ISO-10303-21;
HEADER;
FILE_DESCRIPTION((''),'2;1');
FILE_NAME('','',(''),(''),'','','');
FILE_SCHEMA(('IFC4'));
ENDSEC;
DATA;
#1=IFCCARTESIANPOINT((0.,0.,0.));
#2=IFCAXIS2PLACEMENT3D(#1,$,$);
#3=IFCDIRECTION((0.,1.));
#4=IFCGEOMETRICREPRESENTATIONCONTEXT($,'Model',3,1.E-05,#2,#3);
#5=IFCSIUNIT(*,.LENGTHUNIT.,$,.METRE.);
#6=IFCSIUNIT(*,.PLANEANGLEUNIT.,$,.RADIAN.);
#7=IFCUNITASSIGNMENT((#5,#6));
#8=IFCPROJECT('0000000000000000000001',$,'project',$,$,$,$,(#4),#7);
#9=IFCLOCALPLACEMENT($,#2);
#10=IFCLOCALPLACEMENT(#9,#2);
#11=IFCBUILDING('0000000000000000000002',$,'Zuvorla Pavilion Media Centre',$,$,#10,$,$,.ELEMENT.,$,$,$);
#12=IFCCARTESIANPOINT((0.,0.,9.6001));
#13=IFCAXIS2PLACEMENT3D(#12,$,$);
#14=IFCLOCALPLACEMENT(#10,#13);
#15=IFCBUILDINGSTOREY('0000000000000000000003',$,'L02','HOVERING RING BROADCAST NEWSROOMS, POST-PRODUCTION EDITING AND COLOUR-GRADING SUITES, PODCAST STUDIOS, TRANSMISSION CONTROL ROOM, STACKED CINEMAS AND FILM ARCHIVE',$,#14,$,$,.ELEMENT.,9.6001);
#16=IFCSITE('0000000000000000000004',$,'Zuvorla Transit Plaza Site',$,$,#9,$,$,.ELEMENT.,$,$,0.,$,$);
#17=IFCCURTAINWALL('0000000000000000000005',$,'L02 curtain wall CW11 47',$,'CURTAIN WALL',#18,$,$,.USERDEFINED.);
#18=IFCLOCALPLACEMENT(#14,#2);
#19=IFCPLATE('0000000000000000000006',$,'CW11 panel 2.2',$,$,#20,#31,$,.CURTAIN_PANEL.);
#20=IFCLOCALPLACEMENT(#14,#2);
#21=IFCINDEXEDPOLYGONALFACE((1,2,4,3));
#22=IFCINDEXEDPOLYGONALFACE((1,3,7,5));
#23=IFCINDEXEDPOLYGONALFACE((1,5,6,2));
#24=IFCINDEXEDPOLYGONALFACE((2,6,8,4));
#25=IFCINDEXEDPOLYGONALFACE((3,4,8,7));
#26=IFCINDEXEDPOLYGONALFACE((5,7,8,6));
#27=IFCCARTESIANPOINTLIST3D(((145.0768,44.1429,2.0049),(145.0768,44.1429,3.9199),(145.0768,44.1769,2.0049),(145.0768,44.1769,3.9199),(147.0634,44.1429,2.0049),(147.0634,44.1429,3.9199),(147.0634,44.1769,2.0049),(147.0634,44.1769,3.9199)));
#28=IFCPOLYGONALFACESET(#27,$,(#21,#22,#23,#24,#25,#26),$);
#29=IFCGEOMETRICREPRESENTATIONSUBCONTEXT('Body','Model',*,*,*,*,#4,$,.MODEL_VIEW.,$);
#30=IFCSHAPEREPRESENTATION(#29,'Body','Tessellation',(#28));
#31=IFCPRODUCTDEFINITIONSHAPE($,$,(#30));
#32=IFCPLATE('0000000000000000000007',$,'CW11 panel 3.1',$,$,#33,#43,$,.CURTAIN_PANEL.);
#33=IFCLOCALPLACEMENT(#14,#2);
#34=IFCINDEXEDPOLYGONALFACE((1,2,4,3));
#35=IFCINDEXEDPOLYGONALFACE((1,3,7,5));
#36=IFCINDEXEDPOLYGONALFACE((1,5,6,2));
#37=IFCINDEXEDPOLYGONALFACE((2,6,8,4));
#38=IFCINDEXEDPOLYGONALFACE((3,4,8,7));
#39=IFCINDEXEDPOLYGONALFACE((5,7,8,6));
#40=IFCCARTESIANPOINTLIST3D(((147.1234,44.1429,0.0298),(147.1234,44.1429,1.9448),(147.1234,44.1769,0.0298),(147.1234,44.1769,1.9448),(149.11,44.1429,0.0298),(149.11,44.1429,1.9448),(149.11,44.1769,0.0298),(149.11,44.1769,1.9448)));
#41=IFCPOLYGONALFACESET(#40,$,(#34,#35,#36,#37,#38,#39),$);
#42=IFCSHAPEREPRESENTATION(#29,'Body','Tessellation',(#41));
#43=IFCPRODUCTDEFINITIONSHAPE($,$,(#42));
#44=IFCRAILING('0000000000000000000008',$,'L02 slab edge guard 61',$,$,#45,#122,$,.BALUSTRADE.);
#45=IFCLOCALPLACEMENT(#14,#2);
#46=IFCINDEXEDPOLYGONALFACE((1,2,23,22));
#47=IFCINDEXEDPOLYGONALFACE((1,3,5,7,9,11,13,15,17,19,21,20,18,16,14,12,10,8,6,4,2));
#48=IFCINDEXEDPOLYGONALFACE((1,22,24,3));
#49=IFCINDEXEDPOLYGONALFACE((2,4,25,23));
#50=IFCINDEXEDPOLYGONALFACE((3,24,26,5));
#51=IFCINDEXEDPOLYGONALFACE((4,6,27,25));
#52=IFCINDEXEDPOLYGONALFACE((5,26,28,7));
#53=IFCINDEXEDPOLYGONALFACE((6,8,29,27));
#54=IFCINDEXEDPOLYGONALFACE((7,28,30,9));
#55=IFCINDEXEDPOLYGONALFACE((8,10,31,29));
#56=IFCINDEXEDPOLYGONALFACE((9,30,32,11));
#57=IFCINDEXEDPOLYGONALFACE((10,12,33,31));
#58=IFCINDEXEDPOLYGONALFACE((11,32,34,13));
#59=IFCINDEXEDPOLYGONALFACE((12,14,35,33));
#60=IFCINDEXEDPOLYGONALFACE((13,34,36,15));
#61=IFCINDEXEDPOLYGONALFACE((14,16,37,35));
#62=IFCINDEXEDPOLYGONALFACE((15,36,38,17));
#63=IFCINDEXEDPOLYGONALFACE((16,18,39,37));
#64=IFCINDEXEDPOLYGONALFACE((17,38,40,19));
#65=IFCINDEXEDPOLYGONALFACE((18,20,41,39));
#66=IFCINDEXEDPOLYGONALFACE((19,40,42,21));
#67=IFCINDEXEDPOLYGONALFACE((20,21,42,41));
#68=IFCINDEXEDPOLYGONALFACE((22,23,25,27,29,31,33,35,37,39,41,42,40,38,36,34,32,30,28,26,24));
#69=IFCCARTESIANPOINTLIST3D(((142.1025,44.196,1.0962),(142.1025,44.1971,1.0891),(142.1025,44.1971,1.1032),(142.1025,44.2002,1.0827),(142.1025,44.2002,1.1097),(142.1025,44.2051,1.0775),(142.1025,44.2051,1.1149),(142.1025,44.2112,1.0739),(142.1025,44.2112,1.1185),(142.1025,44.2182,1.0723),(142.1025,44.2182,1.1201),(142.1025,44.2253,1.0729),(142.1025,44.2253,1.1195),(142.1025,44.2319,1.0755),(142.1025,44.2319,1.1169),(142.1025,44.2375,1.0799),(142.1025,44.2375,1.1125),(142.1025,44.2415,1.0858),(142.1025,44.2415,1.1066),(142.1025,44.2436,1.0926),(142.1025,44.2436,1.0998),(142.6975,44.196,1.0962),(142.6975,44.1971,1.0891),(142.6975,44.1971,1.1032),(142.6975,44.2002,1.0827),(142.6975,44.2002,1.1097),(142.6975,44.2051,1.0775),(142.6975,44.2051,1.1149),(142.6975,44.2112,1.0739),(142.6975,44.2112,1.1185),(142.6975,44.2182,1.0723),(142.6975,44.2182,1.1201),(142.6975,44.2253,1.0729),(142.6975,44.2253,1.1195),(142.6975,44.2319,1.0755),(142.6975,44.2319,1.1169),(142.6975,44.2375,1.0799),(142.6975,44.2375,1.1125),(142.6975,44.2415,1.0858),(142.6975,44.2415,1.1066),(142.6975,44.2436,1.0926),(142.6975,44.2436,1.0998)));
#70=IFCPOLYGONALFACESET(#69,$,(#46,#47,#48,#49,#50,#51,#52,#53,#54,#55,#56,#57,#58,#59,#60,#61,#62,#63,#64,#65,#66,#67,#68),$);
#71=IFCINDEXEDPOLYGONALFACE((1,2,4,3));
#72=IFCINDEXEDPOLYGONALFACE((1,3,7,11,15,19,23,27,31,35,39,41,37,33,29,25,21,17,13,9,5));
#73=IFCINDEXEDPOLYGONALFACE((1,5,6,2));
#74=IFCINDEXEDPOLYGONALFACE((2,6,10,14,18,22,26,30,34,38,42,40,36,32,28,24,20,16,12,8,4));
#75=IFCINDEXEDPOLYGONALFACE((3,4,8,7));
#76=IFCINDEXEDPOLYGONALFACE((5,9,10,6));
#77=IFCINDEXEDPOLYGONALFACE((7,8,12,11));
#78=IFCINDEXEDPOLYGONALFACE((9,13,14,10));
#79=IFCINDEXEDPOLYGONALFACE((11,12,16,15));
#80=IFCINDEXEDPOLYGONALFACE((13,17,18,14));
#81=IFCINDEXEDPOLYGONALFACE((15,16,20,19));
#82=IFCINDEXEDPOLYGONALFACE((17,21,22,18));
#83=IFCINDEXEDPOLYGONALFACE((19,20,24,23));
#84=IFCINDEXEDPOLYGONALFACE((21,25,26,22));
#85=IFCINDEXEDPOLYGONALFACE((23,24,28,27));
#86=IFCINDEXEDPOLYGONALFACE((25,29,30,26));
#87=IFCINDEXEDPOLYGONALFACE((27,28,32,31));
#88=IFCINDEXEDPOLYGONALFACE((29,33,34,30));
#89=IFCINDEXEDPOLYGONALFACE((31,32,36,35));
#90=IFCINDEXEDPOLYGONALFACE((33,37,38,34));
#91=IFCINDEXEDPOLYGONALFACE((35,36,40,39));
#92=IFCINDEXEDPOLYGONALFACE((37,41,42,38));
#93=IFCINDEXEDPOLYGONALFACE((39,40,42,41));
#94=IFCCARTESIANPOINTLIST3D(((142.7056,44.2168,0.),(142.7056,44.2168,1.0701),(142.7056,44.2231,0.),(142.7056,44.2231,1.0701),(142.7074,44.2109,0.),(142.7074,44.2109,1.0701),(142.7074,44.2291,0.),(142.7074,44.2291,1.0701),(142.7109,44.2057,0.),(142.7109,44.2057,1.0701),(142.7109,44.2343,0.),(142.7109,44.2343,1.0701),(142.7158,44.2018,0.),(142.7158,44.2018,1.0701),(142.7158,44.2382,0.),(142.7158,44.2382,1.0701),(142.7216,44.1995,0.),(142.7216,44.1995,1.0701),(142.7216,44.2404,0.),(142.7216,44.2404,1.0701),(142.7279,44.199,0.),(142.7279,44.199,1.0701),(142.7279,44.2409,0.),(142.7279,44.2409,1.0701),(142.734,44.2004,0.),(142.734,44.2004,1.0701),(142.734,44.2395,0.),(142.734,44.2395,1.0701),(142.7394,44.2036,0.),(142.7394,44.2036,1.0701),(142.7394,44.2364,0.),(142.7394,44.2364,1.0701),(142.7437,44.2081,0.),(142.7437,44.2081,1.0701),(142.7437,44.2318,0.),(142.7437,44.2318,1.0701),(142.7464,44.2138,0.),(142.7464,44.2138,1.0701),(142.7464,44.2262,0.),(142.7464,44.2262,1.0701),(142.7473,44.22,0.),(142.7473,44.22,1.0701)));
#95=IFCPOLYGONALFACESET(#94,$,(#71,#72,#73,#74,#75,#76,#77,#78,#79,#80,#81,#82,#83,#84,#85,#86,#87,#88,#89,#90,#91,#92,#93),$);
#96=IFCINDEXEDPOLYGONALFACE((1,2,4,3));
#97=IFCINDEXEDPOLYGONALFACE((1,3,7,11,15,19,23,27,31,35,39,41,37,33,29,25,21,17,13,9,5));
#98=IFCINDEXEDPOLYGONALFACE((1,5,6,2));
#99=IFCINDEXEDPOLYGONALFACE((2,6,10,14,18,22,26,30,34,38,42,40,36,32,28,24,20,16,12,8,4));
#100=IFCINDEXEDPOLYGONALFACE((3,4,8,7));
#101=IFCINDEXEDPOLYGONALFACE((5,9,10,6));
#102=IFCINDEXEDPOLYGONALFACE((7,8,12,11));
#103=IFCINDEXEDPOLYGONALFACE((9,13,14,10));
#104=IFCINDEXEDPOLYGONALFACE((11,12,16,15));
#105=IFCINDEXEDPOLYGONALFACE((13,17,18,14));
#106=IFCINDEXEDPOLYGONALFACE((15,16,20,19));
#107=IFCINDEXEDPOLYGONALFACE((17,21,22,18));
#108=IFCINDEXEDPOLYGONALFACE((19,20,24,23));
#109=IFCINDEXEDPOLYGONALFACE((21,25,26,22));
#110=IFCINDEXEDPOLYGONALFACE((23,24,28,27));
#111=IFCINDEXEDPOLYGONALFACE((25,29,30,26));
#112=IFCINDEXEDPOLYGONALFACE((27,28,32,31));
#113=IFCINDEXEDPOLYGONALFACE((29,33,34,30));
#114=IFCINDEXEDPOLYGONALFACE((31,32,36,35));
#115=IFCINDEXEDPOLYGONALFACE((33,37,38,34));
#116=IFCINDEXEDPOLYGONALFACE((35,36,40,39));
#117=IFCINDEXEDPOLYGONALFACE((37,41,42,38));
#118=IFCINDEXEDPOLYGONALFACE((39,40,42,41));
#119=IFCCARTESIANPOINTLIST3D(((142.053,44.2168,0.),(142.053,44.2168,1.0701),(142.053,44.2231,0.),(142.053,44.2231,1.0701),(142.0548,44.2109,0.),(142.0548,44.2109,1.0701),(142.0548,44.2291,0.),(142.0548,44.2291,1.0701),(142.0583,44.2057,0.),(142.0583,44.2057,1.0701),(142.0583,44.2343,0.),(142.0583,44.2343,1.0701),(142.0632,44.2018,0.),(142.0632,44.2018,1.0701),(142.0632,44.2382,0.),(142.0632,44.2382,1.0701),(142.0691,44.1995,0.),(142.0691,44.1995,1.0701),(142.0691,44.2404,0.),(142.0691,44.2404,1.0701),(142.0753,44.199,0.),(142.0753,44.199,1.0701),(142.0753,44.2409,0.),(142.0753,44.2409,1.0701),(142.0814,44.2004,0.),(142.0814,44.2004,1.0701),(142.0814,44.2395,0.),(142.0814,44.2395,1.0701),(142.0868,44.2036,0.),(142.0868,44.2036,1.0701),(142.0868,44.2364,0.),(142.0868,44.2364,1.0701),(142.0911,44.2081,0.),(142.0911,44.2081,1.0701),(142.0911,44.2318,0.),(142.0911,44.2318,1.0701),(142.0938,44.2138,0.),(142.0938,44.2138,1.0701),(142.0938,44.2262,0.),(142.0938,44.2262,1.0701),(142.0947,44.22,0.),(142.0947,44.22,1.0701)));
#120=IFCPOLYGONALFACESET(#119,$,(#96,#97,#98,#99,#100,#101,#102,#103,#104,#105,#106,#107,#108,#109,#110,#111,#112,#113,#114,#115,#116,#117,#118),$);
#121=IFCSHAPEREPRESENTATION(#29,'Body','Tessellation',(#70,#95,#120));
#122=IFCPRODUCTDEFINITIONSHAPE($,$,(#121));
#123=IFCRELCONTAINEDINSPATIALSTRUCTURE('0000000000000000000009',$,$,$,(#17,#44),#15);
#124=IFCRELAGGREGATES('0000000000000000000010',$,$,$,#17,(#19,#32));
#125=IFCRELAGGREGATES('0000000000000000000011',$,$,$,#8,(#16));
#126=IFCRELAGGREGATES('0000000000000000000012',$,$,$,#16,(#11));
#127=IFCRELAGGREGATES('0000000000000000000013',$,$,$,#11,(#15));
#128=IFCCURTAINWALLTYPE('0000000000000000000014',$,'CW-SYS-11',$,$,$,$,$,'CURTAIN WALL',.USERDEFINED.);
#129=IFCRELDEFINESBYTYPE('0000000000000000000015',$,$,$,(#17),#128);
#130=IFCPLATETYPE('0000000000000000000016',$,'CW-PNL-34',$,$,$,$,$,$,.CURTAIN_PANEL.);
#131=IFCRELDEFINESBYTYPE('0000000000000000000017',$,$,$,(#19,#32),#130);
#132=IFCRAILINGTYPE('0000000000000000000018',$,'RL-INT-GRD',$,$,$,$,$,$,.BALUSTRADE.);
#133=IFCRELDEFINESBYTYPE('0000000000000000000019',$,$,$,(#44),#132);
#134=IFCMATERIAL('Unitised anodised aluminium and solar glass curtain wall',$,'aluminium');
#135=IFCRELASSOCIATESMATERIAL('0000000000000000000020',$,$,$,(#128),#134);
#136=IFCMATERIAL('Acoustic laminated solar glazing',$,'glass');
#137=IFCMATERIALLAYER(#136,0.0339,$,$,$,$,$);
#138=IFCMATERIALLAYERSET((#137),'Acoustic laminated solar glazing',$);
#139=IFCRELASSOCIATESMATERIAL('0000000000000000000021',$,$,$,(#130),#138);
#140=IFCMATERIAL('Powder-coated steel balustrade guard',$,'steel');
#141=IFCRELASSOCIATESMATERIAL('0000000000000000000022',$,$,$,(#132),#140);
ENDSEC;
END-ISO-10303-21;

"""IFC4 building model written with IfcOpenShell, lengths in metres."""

from ifc_helpers import new_model, si_unit, direction, frame, origin, origin_2d, place, context, subcontext, project, spatial, rectangle, circle, extrude, material, layer, layer_set, type_object, element, aggregate, save


model = new_model("IFC4")

# Units and contexts
model_context = context("Model", 3, precision=1e-05, world=origin(), true_north=direction((0.0, 1.0)))
body_context = subcontext(model_context, "Body", "Model", "MODEL_VIEW")
ifc_project = project(units=[si_unit("LENGTHUNIT", "METRE"), si_unit("PLANEANGLEUNIT", "RADIAN")], contexts=[model_context])

# Site, building, storey
site_placement = place(None, origin())
site = spatial("IfcSite", under=ifc_project, at=site_placement, Name="Zuvorla Transit Plaza Site", CompositionType="ELEMENT", RefElevation=0.0)
building_placement = place(site_placement, origin())
building = spatial("IfcBuilding", under=site, at=building_placement, Name="Zuvorla Pavilion Media Centre", CompositionType="ELEMENT")
storey_placement = place(building_placement, frame((0.0, 0.0, 9.6001)))
storey = spatial("IfcBuildingStorey", under=building, at=storey_placement, Name="L02", Description="HOVERING RING BROADCAST NEWSROOMS, POST-PRODUCTION EDITING AND COLOUR-GRADING SUITES, PODCAST STUDIOS, TRANSMISSION CONTROL ROOM, STACKED CINEMAS AND FILM ARCHIVE", CompositionType="ELEMENT", Elevation=9.6001)

# Curtain wall
ifc_material_1 = material(Name="Unitised anodised aluminium and solar glass curtain wall", Category="aluminium")
curtain_wall_type_1 = type_object("IfcCurtainWallType", Name="CW-SYS-11", ElementType="CURTAIN WALL", PredefinedType="USERDEFINED", material=ifc_material_1)
curtain_wall_1_placement = place(storey_placement, origin())
curtain_wall_1 = element("IfcCurtainWall", 1, at=curtain_wall_1_placement, inside=storey, type_object=curtain_wall_type_1, Name="L02 curtain wall CW11 47", ObjectType="CURTAIN WALL", PredefinedType="USERDEFINED")

# Plates
ifc_material_2 = material(Name="Acoustic laminated solar glazing", Category="glass")
ifc_layer_1 = layer(ifc_material_2, 0.0339)
ifc_layer_set_1 = layer_set([ifc_layer_1], Name="Acoustic laminated solar glazing")
plate_type_1 = type_object("IfcPlateType", Name="CW-PNL-34", PredefinedType="CURTAIN_PANEL", material=ifc_layer_set_1)
plate_1_placement = place(storey_placement, frame((146.0701, 44.1599, 2.0049), z_axis=(0.0, 0.0, 1.0), x_axis=(1.0, 0.0, 0.0)))
plate_1 = element("IfcPlate", 2, at=plate_1_placement, type_object=plate_type_1, Name="CW11 panel 2.2", PredefinedType="CURTAIN_PANEL", context=body_context, shape_type="SweptSolid", body=[
    extrude(rectangle(XDim=1.9866, YDim=0.0339, at=origin_2d()), origin(), (0.0, 0.0, 1.0), 1.915),
])
plate_2_placement = place(storey_placement, frame((148.1167, 44.1599, 0.0298), z_axis=(0.0, 0.0, 1.0), x_axis=(1.0, 0.0, 0.0)))
plate_2 = element("IfcPlate", 3, at=plate_2_placement, type_object=plate_type_1, Name="CW11 panel 3.1", PredefinedType="CURTAIN_PANEL", context=body_context, shape_type="SweptSolid", body=[
    extrude(rectangle(XDim=1.9866, YDim=0.0339, at=origin_2d()), origin(), (0.0, 0.0, 1.0), 1.915),
])
aggregate(curtain_wall_1, [plate_1, plate_2])

# Railing
ifc_material_3 = material(Name="Powder-coated steel balustrade guard", Category="steel")
railing_type = type_object("IfcRailingType", Name="RL-INT-GRD", PredefinedType="BALUSTRADE", material=ifc_material_3)
railing_placement = place(storey_placement, frame((142.7263, 44.22, 0.0)))
element("IfcRailing", 4, at=railing_placement, inside=storey, type_object=railing_type, Name="L02 slab edge guard 61", PredefinedType="BALUSTRADE", context=body_context, shape_type="SweptSolid", body=[
    extrude(circle(Radius=0.0239, at=origin_2d()), frame((-0.0288, 0.0, 1.0962), z_axis=(-1.0, 0.0, 0.0), x_axis=(0.0, -1.0, 0.0)), (0.0, 0.0, 1.0), 0.595),
    extrude(circle(Radius=0.021, at=origin_2d()), origin(), (0.0, 0.0, 1.0), 1.0701),
    extrude(circle(Radius=0.021, at=origin_2d()), frame((-0.6526, 0.0, 0.0)), (0.0, 0.0, 1.0), 1.0701),
])

save(model, "model.ifc")
